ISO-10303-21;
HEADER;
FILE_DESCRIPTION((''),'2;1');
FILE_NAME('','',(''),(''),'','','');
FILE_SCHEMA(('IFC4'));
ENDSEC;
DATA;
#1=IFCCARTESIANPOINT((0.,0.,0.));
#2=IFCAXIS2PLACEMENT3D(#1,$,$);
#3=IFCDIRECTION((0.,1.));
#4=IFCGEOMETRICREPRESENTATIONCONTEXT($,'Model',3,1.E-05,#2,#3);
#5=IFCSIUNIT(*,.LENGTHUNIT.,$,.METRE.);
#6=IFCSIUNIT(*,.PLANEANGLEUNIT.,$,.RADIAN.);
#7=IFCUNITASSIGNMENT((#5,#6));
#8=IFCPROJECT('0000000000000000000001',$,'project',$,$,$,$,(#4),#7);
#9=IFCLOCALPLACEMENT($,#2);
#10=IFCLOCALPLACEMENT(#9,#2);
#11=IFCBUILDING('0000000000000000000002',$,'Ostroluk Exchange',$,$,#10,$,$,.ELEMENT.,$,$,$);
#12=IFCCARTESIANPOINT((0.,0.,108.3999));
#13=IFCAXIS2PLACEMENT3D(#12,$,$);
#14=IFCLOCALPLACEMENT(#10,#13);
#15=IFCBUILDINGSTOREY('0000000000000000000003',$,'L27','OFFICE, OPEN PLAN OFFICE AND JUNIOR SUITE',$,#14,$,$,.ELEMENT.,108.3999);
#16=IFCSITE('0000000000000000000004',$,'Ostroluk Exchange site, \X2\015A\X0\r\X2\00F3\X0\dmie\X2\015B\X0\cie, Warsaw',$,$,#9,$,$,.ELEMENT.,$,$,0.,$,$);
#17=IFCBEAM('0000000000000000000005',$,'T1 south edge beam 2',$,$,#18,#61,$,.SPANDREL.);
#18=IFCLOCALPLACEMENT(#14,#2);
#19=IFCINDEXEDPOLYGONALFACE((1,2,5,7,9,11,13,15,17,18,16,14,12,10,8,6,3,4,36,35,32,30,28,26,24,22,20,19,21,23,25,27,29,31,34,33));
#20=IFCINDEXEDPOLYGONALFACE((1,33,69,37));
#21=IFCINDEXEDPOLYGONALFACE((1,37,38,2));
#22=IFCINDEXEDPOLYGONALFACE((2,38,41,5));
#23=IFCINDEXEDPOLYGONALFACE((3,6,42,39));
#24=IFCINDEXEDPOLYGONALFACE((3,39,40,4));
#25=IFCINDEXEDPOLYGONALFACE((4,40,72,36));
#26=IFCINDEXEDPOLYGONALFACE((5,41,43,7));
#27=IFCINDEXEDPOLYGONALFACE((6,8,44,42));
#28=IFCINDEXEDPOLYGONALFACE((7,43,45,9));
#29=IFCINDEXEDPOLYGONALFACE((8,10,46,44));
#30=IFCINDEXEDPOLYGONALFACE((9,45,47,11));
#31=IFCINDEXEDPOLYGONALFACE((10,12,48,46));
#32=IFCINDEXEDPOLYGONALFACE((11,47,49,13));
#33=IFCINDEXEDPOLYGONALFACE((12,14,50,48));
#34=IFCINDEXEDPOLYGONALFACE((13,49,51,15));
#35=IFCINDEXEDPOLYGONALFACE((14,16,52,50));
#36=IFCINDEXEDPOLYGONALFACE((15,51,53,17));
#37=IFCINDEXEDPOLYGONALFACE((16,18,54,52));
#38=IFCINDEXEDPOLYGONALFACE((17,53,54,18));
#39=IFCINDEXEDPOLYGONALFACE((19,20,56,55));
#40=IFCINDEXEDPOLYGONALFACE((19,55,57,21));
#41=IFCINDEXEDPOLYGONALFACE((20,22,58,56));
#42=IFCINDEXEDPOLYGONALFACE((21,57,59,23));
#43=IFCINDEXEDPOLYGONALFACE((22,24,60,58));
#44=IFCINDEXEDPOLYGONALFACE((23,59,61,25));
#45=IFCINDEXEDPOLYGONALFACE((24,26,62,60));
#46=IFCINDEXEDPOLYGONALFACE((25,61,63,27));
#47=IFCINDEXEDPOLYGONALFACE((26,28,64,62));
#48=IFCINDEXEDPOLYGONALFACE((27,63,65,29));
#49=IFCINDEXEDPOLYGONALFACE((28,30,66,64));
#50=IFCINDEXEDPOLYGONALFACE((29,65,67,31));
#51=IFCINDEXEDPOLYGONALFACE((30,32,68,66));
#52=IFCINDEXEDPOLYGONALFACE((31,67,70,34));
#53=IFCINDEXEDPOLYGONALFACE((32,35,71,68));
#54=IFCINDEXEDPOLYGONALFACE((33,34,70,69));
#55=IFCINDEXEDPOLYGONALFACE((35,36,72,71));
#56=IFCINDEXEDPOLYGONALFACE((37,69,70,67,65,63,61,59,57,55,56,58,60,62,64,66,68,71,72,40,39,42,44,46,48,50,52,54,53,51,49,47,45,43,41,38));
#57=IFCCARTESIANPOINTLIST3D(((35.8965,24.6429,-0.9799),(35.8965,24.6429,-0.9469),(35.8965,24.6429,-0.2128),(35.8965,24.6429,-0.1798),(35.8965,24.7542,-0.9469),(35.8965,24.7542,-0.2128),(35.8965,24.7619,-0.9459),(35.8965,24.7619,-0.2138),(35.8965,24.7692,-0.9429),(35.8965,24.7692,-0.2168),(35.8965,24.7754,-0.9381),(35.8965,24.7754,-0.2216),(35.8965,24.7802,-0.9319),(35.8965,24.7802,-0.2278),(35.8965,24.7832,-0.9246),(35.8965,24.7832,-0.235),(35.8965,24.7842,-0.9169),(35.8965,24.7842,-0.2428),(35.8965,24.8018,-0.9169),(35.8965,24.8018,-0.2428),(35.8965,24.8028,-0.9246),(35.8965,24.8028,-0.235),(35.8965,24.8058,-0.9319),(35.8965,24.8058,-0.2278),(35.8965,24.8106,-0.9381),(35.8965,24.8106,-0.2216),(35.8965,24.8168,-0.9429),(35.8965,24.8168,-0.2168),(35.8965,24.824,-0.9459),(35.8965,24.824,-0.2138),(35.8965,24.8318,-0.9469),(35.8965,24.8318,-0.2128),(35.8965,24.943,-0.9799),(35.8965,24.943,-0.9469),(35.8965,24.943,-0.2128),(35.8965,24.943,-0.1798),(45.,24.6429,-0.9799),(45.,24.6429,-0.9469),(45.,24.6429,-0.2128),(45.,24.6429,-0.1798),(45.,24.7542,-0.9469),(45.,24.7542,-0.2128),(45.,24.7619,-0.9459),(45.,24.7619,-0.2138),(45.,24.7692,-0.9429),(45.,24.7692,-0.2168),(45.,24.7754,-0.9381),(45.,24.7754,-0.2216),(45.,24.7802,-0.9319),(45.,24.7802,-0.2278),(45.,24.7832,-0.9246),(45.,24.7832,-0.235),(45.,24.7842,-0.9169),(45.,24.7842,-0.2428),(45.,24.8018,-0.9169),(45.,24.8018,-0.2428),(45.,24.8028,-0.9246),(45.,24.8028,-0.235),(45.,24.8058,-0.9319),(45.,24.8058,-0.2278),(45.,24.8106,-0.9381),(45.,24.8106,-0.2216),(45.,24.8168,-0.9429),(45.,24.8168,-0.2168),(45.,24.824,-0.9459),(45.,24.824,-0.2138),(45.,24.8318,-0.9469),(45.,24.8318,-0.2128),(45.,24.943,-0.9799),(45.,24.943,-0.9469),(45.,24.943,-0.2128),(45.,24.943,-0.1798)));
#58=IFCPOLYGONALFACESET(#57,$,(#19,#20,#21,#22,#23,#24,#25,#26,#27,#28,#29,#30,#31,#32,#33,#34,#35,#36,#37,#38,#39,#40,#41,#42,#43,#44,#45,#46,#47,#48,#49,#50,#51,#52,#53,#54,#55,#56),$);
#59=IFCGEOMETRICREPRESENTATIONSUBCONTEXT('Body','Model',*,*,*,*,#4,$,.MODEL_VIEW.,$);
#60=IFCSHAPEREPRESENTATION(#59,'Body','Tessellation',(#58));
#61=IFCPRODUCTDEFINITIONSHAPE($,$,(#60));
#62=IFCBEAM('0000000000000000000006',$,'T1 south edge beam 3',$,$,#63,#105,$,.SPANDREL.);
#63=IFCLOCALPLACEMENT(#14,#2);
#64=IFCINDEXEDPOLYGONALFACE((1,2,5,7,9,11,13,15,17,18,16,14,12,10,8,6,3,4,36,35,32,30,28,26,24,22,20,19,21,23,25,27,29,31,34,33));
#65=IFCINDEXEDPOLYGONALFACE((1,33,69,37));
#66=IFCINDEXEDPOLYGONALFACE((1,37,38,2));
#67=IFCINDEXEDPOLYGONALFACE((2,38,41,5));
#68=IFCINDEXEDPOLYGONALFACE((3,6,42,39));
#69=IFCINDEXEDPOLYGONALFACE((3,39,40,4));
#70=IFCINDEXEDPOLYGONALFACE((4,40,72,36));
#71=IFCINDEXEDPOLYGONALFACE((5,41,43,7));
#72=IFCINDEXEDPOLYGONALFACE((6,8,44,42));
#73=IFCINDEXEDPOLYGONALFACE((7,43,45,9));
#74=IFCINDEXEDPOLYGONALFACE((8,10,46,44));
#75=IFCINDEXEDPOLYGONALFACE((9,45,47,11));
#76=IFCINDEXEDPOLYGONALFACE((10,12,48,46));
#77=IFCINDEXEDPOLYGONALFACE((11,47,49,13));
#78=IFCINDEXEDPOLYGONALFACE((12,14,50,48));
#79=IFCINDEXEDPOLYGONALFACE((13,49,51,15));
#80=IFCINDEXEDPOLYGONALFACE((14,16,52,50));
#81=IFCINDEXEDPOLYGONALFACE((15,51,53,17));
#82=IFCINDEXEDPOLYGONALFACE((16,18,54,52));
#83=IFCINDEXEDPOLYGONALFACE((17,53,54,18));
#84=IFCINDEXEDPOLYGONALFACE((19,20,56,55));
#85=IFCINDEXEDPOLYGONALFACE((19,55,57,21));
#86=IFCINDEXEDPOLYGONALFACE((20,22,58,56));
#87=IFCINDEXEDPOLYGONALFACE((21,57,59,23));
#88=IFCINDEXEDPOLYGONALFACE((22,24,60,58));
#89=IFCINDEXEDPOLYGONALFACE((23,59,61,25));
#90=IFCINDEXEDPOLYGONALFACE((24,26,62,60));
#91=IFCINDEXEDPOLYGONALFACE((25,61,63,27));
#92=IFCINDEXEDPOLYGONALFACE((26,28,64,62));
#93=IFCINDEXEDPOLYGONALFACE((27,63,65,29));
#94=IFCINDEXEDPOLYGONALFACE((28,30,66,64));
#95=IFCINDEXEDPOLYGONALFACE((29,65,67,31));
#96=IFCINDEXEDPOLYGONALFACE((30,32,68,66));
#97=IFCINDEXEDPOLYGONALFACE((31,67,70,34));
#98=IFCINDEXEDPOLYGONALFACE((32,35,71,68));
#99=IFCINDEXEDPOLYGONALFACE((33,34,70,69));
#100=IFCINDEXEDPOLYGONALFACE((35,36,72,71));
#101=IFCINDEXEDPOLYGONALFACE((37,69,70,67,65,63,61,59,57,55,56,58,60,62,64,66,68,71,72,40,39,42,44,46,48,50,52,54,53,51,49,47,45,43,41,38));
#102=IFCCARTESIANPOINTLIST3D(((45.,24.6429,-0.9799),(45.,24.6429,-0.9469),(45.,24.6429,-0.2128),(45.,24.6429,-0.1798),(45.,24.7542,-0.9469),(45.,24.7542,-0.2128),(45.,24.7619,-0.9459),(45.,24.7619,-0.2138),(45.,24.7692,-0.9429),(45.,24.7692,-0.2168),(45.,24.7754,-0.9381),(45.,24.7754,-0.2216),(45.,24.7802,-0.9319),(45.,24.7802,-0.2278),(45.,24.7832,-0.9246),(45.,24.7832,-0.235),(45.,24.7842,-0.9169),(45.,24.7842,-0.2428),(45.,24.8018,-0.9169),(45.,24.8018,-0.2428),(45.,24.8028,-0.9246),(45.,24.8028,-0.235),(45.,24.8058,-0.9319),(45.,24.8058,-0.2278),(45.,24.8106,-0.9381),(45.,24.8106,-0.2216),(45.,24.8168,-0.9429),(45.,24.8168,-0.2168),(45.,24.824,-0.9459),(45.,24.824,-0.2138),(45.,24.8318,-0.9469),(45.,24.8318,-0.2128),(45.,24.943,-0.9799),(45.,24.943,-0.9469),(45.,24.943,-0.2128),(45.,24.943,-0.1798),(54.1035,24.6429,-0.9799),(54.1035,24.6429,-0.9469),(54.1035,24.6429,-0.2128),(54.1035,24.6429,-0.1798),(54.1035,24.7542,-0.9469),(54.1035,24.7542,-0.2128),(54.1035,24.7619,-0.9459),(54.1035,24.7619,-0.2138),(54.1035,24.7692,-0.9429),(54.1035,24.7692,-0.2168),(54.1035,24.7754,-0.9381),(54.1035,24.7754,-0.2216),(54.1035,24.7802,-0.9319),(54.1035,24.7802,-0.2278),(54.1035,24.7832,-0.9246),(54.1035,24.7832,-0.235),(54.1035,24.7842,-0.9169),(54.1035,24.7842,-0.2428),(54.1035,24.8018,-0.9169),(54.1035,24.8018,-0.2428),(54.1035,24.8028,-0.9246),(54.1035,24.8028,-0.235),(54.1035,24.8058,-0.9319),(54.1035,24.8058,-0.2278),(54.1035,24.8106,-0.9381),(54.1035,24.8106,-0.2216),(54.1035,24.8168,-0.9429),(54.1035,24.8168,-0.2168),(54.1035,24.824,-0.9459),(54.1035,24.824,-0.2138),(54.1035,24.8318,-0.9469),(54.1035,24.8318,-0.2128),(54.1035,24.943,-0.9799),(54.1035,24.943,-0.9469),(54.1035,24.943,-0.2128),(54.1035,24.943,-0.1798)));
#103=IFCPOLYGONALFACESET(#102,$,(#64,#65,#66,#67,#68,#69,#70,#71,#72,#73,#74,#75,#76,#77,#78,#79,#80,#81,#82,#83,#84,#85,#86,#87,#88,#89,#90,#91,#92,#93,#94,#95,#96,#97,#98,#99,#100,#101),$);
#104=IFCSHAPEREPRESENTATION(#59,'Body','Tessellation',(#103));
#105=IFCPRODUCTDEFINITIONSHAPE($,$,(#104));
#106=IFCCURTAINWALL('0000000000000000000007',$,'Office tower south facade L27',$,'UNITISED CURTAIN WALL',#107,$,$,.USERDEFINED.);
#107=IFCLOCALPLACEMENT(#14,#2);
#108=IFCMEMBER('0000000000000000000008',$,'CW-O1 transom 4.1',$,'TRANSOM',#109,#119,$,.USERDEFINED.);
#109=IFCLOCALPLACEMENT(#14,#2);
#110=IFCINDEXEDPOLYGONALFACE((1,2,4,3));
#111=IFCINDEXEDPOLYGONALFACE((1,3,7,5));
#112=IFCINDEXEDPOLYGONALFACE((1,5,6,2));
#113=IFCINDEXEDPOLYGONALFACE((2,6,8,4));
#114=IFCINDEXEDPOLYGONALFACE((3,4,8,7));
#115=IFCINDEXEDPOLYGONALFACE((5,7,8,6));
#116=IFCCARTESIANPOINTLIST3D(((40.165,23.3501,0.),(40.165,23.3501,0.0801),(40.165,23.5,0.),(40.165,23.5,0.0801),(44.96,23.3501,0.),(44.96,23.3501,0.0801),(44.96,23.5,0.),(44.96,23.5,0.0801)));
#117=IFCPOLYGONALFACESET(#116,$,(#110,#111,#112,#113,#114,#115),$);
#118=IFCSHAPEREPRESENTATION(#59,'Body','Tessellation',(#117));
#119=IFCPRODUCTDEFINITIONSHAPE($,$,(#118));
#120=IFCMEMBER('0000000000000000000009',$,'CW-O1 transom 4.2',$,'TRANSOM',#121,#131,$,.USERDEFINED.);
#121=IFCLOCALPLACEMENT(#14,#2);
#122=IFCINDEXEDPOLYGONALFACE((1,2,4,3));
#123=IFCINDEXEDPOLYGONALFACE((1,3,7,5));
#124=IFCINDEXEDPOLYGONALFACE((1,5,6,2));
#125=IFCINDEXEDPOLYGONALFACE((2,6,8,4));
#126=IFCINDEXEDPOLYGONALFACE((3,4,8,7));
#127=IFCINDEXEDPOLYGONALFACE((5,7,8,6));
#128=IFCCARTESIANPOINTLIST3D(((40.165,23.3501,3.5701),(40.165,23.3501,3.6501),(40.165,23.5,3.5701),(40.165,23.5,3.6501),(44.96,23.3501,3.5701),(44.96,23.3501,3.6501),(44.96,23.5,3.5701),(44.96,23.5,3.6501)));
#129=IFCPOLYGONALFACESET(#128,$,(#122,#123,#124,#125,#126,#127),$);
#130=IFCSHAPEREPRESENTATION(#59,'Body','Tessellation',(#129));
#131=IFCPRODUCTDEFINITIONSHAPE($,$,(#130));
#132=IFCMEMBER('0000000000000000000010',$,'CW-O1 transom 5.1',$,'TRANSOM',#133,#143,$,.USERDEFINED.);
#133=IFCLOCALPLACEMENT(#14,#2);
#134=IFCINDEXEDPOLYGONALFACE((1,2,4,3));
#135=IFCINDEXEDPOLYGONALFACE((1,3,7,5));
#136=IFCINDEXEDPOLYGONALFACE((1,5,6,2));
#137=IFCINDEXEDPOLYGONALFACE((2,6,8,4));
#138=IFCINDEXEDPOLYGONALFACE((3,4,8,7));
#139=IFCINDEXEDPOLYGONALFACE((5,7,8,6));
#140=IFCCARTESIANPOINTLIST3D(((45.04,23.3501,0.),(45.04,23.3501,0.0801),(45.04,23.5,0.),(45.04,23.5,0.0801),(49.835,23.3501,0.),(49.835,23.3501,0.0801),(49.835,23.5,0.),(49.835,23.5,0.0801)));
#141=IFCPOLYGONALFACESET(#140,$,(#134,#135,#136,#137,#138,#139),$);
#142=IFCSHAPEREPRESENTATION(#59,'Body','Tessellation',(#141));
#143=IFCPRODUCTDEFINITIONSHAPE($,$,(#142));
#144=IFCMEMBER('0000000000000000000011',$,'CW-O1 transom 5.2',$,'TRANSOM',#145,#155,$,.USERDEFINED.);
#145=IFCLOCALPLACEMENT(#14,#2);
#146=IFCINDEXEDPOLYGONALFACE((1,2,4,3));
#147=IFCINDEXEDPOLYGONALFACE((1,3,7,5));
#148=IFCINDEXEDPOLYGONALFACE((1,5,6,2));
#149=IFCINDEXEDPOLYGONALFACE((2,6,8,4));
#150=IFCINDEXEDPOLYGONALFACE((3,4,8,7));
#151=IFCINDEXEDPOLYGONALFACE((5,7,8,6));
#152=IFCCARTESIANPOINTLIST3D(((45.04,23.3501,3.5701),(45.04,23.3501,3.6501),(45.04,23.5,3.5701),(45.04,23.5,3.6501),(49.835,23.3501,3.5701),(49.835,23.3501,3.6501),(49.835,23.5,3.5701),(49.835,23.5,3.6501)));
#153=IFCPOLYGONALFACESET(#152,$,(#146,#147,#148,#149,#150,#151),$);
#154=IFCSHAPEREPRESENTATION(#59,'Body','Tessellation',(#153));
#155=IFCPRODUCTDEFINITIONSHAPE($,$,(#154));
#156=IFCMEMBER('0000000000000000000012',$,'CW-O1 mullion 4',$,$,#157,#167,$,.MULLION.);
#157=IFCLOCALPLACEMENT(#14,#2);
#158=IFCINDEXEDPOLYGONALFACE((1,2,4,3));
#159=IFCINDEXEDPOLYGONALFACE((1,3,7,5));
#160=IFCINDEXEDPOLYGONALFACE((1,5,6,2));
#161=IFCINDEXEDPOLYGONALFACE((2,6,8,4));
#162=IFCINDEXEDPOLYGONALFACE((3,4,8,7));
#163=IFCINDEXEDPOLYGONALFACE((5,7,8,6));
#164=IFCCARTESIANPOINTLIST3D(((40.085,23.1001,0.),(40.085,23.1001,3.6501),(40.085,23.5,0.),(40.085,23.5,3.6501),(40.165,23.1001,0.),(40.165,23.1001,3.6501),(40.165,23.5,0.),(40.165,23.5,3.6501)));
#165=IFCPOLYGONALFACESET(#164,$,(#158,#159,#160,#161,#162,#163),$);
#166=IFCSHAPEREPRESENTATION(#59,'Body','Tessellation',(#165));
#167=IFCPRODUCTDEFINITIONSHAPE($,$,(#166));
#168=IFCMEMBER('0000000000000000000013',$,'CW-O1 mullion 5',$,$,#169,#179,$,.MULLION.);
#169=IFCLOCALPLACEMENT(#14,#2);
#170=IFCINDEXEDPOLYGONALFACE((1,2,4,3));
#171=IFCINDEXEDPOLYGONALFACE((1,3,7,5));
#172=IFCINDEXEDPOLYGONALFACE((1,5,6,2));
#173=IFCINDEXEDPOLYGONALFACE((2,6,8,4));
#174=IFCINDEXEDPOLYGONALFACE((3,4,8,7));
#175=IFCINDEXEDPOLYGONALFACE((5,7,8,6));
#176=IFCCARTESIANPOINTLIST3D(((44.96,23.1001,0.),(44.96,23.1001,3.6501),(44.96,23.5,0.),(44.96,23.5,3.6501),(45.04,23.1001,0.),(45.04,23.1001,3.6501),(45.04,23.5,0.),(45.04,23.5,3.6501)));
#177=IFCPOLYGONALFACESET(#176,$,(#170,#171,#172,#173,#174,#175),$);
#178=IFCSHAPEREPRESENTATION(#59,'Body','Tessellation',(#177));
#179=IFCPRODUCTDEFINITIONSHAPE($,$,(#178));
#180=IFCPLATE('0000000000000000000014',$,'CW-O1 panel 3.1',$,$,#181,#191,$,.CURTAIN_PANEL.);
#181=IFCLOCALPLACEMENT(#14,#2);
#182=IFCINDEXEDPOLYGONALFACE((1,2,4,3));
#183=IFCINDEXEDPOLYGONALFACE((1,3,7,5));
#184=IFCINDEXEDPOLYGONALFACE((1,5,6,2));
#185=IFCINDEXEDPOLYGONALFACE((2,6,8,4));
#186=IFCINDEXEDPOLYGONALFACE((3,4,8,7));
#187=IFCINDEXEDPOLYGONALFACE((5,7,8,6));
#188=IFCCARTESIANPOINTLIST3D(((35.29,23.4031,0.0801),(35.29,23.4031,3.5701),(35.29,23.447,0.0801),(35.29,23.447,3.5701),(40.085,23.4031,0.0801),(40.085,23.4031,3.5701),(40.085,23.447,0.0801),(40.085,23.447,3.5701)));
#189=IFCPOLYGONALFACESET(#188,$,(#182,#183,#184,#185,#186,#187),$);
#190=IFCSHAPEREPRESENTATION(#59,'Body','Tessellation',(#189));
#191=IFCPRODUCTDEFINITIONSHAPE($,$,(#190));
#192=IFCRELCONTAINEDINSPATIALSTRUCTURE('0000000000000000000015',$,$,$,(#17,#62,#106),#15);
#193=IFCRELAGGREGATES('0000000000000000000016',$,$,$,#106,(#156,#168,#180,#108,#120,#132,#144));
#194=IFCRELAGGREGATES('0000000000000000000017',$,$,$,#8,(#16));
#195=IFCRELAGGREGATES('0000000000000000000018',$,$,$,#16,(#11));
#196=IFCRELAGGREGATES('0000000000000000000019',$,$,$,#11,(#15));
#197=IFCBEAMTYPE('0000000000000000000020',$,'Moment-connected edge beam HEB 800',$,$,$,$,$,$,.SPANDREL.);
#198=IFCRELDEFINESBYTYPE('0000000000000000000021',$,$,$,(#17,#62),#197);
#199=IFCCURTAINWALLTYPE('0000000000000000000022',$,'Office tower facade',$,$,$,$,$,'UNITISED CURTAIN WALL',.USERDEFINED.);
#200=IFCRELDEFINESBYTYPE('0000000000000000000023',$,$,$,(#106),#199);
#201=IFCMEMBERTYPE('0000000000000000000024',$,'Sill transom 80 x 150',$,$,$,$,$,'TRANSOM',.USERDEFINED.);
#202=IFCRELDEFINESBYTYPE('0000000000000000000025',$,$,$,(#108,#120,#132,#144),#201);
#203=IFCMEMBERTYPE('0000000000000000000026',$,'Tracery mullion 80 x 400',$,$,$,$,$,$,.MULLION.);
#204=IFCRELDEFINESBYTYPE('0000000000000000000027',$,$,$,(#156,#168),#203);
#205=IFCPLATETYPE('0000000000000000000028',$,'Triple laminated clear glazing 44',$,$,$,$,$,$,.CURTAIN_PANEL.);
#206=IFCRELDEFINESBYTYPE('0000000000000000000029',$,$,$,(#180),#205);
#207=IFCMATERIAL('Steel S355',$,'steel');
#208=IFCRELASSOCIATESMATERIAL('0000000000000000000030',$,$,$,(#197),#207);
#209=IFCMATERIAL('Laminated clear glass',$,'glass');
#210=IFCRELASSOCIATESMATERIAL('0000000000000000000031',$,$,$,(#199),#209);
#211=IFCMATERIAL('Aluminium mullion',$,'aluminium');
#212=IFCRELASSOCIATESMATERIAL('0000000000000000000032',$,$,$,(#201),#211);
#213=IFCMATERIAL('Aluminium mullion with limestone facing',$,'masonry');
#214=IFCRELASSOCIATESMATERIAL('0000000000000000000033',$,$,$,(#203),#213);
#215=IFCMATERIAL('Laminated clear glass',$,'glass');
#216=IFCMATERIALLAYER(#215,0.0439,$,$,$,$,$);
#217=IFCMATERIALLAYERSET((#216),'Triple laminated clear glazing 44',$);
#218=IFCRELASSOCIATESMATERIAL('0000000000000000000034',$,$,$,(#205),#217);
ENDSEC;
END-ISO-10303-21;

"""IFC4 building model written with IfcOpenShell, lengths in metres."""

from ifc_helpers import new_model, si_unit, direction, frame, origin, origin_2d, place, context, subcontext, project, spatial, rectangle, i_section, extrude, material, layer, layer_set, material_profile, profile_set, type_object, element, aggregate, save


model = new_model("IFC4")

# Units and contexts
model_context = context("Model", 3, precision=1e-05, world=origin(), true_north=direction((0.0, 1.0)))
body_context = subcontext(model_context, "Body", "Model", "MODEL_VIEW")
ifc_project = project(units=[si_unit("LENGTHUNIT", "METRE"), si_unit("PLANEANGLEUNIT", "RADIAN")], contexts=[model_context])

# Site, building, storey
site_placement = place(None, origin())
site = spatial("IfcSite", under=ifc_project, at=site_placement, Name="Ostroluk Exchange site, Śródmieście, Warsaw", CompositionType="ELEMENT", RefElevation=0.0)
building_placement = place(site_placement, origin())
building = spatial("IfcBuilding", under=site, at=building_placement, Name="Ostroluk Exchange", CompositionType="ELEMENT")
storey_placement = place(building_placement, frame((0.0, 0.0, 108.3999)))
storey = spatial("IfcBuildingStorey", under=building, at=storey_placement, Name="L27", Description="OFFICE, OPEN PLAN OFFICE AND JUNIOR SUITE", CompositionType="ELEMENT", Elevation=108.3999)

# Beams
ifc_material_1 = material(Name="Steel S355", Category="steel")
ifc_material_profile_1 = material_profile(ifc_material_1, i_section(OverallWidth=0.3, OverallDepth=0.8, WebThickness=0.0176, FlangeThickness=0.033, FilletRadius=0.03, at=origin_2d()), Name="HEB 800")
ifc_profile_set_1 = profile_set([ifc_material_profile_1], Name="Steel S355")
beam_type = type_object("IfcBeamType", Name="Moment-connected edge beam HEB 800", PredefinedType="SPANDREL", material=ifc_profile_set_1)
for number, where, z_axis, x_axis, name in (
    (1, (35.8965, 24.793, -0.5798), (1.0, 0.0, 0.0), (0.0, 1.0, 0.0), "T1 south edge beam 2"),
    (2, (45.0, 24.793, -0.5798), (1.0, 0.0, 0.0), (0.0, 1.0, 0.0), "T1 south edge beam 3"),
):
    element("IfcBeam", number, at=place(storey_placement, frame(where, z_axis=z_axis, x_axis=x_axis)), inside=storey, type_object=beam_type, Name=name, PredefinedType="SPANDREL", context=body_context, shape_type="SweptSolid", body=[
        extrude(i_section(OverallWidth=0.3, OverallDepth=0.8, WebThickness=0.0176, FlangeThickness=0.033, FilletRadius=0.03, at=origin_2d()), origin(), (0.0, 0.0, 1.0), 9.1035),
    ])

# Curtain wall, members, plate
ifc_material_2 = material(Name="Laminated clear glass", Category="glass")
curtain_wall_type = type_object("IfcCurtainWallType", Name="Office tower facade", ElementType="UNITISED CURTAIN WALL", PredefinedType="USERDEFINED", material=ifc_material_2)
curtain_wall_placement = place(storey_placement, origin())
curtain_wall = element("IfcCurtainWall", 3, at=curtain_wall_placement, inside=storey, type_object=curtain_wall_type, Name="Office tower south facade L27", ObjectType="UNITISED CURTAIN WALL", PredefinedType="USERDEFINED")
ifc_material_3 = material(Name="Aluminium mullion", Category="aluminium")
ifc_material_profile_2 = material_profile(ifc_material_3, rectangle(XDim=0.1499, YDim=0.0801, at=origin_2d()), Name="Sill transom 80 x 150")
ifc_profile_set_2 = profile_set([ifc_material_profile_2], Name="Aluminium mullion")
member_type_1 = type_object("IfcMemberType", Name="Sill transom 80 x 150", ElementType="TRANSOM", PredefinedType="USERDEFINED", material=ifc_profile_set_2)
member_1_placement = place(storey_placement, frame((40.165, 23.425, 0.04), z_axis=(1.0, 0.0, 0.0), x_axis=(0.0, 1.0, 0.0)))
member_1 = element("IfcMember", 4, at=member_1_placement, type_object=member_type_1, Name="CW-O1 transom 4.1", ObjectType="TRANSOM", PredefinedType="USERDEFINED", context=body_context, shape_type="SweptSolid", body=[
    extrude(rectangle(XDim=0.1499, YDim=0.0801, at=origin_2d()), origin(), (0.0, 0.0, 1.0), 4.7949),
])
member_2_placement = place(storey_placement, frame((40.165, 23.425, 3.6101), z_axis=(1.0, 0.0, 0.0), x_axis=(0.0, 1.0, 0.0)))
member_2 = element("IfcMember", 5, at=member_2_placement, type_object=member_type_1, Name="CW-O1 transom 4.2", ObjectType="TRANSOM", PredefinedType="USERDEFINED", context=body_context, shape_type="SweptSolid", body=[
    extrude(rectangle(XDim=0.1499, YDim=0.0801, at=origin_2d()), origin(), (0.0, 0.0, 1.0), 4.7949),
])
member_3_placement = place(storey_placement, frame((45.04, 23.425, 0.04), z_axis=(1.0, 0.0, 0.0), x_axis=(0.0, 1.0, 0.0)))
member_3 = element("IfcMember", 6, at=member_3_placement, type_object=member_type_1, Name="CW-O1 transom 5.1", ObjectType="TRANSOM", PredefinedType="USERDEFINED", context=body_context, shape_type="SweptSolid", body=[
    extrude(rectangle(XDim=0.1499, YDim=0.0801, at=origin_2d()), origin(), (0.0, 0.0, 1.0), 4.7949),
])
member_4_placement = place(storey_placement, frame((45.04, 23.425, 3.6101), z_axis=(1.0, 0.0, 0.0), x_axis=(0.0, 1.0, 0.0)))
member_4 = element("IfcMember", 7, at=member_4_placement, type_object=member_type_1, Name="CW-O1 transom 5.2", ObjectType="TRANSOM", PredefinedType="USERDEFINED", context=body_context, shape_type="SweptSolid", body=[
    extrude(rectangle(XDim=0.1499, YDim=0.0801, at=origin_2d()), origin(), (0.0, 0.0, 1.0), 4.7949),
])
ifc_material_4 = material(Name="Aluminium mullion with limestone facing", Category="masonry")
ifc_material_profile_3 = material_profile(ifc_material_4, rectangle(XDim=0.3999, YDim=0.0801, at=origin_2d()), Name="Tracery mullion 80 x 400")
ifc_profile_set_3 = profile_set([ifc_material_profile_3], Name="Aluminium mullion with limestone facing")
member_type_2 = type_object("IfcMemberType", Name="Tracery mullion 80 x 400", PredefinedType="MULLION", material=ifc_profile_set_3)
member_5_placement = place(storey_placement, frame((40.125, 23.3, 0.0), z_axis=(0.0, 0.0, 1.0), x_axis=(0.0, 1.0, 0.0)))
member_5 = element("IfcMember", 8, at=member_5_placement, type_object=member_type_2, Name="CW-O1 mullion 4", PredefinedType="MULLION", context=body_context, shape_type="SweptSolid", body=[
    extrude(rectangle(XDim=0.3999, YDim=0.0801, at=origin_2d()), origin(), (0.0, 0.0, 1.0), 3.6501),
])
member_6_placement = place(storey_placement, frame((45.0, 23.3, 0.0), z_axis=(0.0, 0.0, 1.0), x_axis=(0.0, 1.0, 0.0)))
member_6 = element("IfcMember", 9, at=member_6_placement, type_object=member_type_2, Name="CW-O1 mullion 5", PredefinedType="MULLION", context=body_context, shape_type="SweptSolid", body=[
    extrude(rectangle(XDim=0.3999, YDim=0.0801, at=origin_2d()), origin(), (0.0, 0.0, 1.0), 3.6501),
])
ifc_material_5 = material(Name="Laminated clear glass", Category="glass")
ifc_layer_1 = layer(ifc_material_5, 0.0439)
ifc_layer_set_1 = layer_set([ifc_layer_1], Name="Triple laminated clear glazing 44")
plate_type = type_object("IfcPlateType", Name="Triple laminated clear glazing 44", PredefinedType="CURTAIN_PANEL", material=ifc_layer_set_1)
plate_1_placement = place(storey_placement, frame((37.6875, 23.425, 0.0801), z_axis=(0.0, 0.0, 1.0), x_axis=(1.0, 0.0, 0.0)))
plate_1 = element("IfcPlate", 10, at=plate_1_placement, type_object=plate_type, Name="CW-O1 panel 3.1", PredefinedType="CURTAIN_PANEL", context=body_context, shape_type="SweptSolid", body=[
    extrude(rectangle(XDim=4.7949, YDim=0.0439, at=origin_2d()), origin(), (0.0, 0.0, 1.0), 3.49),
])
aggregate(curtain_wall, [member_5, member_6, plate_1, member_1, member_2, member_3, member_4])

save(model, "model.ifc")
